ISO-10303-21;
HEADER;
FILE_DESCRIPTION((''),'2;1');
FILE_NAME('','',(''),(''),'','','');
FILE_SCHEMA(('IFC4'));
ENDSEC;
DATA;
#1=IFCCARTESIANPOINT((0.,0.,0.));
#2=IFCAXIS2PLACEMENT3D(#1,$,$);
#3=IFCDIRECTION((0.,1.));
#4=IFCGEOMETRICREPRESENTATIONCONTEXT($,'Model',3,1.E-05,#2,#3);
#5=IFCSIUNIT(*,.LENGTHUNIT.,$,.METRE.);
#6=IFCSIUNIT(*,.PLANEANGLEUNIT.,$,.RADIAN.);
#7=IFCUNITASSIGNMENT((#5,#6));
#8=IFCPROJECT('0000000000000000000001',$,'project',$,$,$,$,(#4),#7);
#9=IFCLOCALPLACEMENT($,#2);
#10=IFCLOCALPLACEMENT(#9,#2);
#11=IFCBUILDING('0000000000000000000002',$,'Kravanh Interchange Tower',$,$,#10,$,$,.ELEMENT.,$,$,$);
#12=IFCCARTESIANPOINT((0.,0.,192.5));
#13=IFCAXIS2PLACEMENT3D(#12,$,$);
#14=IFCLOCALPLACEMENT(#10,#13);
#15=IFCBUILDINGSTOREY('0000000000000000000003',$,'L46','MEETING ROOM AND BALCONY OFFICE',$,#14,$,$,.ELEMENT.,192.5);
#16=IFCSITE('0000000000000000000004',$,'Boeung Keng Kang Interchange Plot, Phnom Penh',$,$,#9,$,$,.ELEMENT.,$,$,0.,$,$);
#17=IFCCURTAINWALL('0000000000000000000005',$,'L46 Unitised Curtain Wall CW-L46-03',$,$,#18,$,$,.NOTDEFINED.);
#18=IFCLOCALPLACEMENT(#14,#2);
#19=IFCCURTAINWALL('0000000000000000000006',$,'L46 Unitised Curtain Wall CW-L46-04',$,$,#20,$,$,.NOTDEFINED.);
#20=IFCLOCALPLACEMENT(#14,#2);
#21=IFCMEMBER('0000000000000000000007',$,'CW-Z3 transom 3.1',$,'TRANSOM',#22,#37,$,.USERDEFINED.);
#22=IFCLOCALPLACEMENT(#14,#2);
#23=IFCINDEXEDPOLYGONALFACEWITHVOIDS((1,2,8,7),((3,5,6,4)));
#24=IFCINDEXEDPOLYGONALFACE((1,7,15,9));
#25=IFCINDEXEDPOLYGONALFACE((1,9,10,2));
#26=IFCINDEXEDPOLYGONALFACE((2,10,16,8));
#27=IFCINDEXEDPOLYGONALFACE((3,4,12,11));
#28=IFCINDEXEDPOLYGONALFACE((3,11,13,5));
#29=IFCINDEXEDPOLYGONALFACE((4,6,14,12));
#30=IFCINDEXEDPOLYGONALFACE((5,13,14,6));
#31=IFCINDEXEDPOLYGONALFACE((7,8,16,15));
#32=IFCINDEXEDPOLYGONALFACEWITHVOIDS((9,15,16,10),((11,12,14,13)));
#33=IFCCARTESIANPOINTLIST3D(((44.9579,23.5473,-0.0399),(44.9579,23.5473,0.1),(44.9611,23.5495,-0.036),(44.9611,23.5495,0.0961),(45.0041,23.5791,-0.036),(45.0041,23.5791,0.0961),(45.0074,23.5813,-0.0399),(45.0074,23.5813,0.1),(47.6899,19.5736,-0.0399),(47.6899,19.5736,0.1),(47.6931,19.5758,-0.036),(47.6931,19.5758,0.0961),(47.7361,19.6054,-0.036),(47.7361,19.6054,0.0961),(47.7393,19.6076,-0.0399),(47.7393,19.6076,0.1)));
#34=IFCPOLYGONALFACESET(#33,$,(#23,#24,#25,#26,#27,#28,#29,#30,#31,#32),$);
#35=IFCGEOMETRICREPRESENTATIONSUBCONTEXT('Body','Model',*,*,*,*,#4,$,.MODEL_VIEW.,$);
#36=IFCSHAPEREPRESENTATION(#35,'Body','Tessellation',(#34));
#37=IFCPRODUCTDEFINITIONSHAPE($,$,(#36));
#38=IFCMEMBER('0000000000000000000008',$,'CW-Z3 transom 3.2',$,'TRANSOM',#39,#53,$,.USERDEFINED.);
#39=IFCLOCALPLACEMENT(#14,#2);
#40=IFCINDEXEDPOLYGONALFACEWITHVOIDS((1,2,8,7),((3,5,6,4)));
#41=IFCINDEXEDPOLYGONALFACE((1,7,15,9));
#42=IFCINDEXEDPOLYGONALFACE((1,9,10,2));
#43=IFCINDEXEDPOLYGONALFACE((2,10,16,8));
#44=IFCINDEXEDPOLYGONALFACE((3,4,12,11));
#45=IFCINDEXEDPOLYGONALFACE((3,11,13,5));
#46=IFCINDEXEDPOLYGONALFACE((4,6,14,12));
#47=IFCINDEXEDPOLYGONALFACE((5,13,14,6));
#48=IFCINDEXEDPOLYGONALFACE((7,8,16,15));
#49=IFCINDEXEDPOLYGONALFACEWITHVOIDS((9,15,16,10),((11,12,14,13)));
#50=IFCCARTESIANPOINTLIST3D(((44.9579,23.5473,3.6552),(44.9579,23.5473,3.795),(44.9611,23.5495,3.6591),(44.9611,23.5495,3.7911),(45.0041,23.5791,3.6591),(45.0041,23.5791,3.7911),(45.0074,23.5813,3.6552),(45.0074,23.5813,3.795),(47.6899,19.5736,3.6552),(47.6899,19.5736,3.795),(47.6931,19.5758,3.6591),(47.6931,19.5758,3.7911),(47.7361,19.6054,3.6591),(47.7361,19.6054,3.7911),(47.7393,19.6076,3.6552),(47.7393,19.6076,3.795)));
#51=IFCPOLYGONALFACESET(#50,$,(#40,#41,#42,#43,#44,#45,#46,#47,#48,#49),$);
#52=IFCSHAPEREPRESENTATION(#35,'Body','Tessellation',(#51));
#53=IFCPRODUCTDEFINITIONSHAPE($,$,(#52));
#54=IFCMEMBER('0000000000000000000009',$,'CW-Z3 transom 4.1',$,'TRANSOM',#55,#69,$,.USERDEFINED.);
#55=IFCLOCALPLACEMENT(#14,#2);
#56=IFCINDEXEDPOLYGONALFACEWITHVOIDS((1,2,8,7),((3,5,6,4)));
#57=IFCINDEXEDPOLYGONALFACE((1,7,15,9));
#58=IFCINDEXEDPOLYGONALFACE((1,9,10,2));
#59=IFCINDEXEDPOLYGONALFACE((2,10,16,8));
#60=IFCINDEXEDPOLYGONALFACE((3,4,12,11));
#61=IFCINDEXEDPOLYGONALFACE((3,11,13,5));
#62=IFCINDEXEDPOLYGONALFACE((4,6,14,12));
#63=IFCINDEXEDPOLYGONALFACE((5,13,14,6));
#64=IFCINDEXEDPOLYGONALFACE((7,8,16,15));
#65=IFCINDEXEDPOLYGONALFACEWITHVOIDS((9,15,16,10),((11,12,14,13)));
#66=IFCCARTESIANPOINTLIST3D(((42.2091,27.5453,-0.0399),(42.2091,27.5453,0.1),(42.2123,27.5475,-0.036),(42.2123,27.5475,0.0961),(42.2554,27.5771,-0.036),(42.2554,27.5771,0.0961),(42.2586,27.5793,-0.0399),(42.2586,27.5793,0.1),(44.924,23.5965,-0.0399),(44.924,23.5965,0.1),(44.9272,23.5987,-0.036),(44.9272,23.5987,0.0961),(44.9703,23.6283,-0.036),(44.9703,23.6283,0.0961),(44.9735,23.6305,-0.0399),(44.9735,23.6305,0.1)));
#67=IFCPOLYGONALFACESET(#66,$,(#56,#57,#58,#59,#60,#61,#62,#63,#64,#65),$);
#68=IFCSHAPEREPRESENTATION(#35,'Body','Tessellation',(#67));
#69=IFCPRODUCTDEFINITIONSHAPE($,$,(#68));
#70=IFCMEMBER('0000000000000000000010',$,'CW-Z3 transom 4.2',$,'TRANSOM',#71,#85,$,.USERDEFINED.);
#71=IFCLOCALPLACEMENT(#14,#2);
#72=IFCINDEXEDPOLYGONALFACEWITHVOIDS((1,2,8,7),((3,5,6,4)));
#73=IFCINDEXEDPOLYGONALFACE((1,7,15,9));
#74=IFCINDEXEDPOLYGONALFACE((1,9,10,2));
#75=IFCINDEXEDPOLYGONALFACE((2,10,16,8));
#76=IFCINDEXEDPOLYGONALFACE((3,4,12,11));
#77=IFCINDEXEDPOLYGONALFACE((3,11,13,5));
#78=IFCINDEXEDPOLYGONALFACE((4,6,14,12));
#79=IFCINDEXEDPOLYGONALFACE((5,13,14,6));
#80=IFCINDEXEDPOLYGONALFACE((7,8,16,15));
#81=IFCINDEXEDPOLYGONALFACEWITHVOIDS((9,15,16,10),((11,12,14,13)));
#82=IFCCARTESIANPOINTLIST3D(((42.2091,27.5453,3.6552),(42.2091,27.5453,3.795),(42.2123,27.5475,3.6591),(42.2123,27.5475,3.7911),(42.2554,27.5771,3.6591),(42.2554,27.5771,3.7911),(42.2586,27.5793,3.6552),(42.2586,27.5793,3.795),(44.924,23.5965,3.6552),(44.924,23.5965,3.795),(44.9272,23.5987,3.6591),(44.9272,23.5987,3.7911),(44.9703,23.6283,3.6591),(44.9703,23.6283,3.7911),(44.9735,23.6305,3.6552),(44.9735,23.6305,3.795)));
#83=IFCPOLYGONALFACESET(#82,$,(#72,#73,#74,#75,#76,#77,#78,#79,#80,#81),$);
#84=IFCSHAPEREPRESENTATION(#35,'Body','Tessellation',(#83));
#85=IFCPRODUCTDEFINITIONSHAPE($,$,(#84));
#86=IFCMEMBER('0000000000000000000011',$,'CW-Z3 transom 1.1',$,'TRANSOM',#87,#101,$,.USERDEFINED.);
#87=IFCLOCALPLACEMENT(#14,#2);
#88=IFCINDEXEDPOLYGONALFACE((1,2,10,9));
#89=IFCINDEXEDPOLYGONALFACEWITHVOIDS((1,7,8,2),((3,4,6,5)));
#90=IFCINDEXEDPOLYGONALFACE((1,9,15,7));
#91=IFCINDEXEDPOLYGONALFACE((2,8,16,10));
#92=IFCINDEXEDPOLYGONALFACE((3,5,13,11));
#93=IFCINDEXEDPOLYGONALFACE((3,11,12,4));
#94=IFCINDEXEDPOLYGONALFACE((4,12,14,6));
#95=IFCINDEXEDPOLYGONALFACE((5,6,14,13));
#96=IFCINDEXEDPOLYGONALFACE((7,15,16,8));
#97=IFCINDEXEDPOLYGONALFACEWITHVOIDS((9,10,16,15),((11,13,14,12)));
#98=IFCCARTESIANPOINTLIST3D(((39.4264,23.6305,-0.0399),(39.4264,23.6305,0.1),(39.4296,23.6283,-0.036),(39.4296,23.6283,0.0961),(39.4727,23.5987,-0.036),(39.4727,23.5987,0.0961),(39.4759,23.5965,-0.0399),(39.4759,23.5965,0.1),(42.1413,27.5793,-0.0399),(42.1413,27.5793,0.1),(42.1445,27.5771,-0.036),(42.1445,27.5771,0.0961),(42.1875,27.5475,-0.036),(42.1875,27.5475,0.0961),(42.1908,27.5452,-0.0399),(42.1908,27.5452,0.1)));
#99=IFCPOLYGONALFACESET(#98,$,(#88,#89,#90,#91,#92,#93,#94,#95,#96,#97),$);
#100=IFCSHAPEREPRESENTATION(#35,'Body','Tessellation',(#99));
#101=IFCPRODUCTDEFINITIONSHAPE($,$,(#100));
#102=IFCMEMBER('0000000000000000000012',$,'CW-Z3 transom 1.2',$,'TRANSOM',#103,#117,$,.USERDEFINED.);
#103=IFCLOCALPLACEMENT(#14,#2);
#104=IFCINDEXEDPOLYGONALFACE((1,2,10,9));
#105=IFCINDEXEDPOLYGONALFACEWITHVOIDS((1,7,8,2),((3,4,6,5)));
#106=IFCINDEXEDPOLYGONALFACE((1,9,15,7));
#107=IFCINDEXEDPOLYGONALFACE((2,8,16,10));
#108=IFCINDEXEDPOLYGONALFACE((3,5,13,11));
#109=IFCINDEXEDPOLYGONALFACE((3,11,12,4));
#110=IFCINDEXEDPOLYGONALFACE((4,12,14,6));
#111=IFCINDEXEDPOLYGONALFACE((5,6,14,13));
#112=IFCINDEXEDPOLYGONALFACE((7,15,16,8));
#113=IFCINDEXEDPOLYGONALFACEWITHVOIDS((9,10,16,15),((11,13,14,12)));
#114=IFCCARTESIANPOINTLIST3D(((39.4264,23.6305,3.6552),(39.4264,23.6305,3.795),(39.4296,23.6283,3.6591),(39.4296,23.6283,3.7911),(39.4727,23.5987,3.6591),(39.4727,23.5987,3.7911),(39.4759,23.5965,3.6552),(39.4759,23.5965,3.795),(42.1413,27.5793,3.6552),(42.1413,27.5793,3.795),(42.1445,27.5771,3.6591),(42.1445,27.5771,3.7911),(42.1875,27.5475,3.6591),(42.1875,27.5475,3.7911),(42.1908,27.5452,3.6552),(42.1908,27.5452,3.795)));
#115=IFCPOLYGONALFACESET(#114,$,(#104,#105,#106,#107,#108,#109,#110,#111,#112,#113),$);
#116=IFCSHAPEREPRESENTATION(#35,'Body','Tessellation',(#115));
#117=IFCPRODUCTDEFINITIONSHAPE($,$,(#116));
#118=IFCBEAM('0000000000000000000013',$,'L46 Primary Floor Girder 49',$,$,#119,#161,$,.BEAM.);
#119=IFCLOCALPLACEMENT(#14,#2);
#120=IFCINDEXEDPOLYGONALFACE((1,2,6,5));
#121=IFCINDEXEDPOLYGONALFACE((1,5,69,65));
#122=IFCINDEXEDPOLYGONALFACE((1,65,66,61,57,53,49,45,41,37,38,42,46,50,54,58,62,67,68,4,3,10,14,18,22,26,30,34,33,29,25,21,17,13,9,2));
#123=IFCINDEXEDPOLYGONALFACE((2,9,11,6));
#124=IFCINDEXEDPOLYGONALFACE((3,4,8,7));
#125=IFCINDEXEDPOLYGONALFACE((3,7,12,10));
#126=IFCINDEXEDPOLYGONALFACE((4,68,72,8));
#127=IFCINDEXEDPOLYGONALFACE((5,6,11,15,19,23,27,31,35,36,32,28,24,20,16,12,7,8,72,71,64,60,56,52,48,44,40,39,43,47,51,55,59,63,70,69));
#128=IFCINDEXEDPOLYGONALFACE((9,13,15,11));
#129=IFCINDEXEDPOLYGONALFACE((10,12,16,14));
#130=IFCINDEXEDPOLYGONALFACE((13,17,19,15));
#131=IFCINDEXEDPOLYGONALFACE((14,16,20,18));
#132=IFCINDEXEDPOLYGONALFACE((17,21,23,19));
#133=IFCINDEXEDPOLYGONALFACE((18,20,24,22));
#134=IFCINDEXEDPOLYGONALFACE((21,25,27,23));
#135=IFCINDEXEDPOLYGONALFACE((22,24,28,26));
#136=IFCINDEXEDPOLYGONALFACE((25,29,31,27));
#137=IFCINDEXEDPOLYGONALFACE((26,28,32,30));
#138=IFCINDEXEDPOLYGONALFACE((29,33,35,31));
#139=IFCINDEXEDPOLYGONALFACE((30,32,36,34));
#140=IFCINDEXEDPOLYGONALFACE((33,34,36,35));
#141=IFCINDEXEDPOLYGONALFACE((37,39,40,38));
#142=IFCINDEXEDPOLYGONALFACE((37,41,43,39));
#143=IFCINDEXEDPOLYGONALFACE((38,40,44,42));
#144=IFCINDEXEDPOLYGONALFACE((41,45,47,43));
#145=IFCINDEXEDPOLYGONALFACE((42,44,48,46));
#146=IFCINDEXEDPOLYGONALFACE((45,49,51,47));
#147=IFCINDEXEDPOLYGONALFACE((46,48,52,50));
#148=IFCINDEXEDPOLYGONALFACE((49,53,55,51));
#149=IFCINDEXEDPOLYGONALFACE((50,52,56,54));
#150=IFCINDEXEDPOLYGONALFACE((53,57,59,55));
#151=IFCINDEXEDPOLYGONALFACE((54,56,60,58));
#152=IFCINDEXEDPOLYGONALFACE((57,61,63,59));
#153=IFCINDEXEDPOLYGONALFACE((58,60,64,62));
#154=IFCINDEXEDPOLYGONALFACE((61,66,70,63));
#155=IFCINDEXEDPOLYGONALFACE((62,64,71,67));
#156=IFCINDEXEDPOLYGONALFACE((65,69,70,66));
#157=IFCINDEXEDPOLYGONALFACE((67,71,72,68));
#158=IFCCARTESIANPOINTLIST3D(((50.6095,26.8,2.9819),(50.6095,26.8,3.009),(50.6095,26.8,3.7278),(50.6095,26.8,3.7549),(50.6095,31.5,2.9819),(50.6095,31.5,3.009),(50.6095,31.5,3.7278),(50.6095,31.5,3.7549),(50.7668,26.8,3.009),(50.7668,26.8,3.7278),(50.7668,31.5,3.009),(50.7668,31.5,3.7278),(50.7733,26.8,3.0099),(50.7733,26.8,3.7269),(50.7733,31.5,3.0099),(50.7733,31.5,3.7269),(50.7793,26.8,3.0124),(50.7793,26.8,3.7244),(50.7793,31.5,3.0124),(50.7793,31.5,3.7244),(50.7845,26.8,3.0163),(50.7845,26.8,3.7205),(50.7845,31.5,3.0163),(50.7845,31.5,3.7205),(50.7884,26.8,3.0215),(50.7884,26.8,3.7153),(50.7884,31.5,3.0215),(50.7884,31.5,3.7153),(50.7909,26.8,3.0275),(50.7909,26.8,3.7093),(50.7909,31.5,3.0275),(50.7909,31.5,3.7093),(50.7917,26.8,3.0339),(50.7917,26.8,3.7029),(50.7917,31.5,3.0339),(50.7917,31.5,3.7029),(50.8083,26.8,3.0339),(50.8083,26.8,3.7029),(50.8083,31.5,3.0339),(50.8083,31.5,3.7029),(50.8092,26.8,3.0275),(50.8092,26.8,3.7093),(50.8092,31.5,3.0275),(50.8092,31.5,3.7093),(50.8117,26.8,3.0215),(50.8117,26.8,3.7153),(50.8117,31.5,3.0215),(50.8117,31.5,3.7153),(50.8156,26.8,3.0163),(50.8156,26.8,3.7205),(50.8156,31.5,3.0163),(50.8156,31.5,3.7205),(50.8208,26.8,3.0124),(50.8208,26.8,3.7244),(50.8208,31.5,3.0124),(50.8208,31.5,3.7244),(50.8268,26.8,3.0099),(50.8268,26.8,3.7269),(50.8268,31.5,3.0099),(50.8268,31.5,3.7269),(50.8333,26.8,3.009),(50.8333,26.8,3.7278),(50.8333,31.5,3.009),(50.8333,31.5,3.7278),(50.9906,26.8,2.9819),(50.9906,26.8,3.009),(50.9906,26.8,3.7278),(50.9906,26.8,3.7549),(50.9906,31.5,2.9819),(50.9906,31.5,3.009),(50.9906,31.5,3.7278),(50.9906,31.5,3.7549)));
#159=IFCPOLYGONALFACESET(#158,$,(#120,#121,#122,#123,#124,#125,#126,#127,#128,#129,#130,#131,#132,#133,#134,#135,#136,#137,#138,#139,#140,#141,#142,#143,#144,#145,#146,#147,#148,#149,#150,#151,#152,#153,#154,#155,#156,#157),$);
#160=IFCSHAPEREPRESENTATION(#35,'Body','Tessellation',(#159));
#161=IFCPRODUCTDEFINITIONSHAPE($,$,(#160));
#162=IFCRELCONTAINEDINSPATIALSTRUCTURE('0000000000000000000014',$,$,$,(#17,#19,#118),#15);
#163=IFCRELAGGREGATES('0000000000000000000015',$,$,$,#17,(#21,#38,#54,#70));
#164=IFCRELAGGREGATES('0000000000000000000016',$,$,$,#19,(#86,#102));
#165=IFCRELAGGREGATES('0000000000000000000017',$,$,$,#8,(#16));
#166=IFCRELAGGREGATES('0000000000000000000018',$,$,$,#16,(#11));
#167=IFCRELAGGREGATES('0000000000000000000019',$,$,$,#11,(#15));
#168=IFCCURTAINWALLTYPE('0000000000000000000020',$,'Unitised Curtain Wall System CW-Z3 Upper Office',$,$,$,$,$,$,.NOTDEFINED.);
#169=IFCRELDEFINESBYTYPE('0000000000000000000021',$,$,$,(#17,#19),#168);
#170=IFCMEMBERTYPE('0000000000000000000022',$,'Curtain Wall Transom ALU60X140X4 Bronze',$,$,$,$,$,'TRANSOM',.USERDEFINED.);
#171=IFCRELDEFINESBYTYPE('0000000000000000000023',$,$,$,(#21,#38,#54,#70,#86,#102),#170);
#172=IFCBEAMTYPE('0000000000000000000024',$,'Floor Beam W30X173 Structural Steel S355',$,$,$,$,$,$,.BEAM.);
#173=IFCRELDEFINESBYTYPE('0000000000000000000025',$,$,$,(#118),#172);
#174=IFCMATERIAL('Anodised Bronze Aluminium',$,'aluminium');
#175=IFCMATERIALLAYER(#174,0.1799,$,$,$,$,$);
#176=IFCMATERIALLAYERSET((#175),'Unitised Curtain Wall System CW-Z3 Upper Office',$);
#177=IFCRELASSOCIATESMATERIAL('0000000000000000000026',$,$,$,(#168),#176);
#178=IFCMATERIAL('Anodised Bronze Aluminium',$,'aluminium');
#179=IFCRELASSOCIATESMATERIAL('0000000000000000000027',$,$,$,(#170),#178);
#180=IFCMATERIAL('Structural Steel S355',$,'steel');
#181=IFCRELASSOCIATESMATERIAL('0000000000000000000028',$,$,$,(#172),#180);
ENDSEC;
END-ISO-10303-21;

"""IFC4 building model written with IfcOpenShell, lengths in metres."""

from ifc_helpers import new_model, si_unit, direction, frame, origin, origin_2d, place, context, subcontext, project, spatial, hollow_rectangle, i_section, extrude, material, layer, layer_set, material_profile, profile_set, type_object, element, aggregate, save


model = new_model("IFC4")

# Units and contexts
model_context = context("Model", 3, precision=1e-05, world=origin(), true_north=direction((0.0, 1.0)))
body_context = subcontext(model_context, "Body", "Model", "MODEL_VIEW")
ifc_project = project(units=[si_unit("LENGTHUNIT", "METRE"), si_unit("PLANEANGLEUNIT", "RADIAN")], contexts=[model_context])

# Site, building, storey
site_placement = place(None, origin())
site = spatial("IfcSite", under=ifc_project, at=site_placement, Name="Boeung Keng Kang Interchange Plot, Phnom Penh", CompositionType="ELEMENT", RefElevation=0.0)
building_placement = place(site_placement, origin())
building = spatial("IfcBuilding", under=site, at=building_placement, Name="Kravanh Interchange Tower", CompositionType="ELEMENT")
storey_placement = place(building_placement, frame((0.0, 0.0, 192.5)))
storey = spatial("IfcBuildingStorey", under=building, at=storey_placement, Name="L46", Description="MEETING ROOM AND BALCONY OFFICE", CompositionType="ELEMENT", Elevation=192.5)

# Shared definitions
ifc_material_1 = material(Name="Anodised Bronze Aluminium", Category="aluminium")
ifc_layer_1 = layer(ifc_material_1, 0.1799)
ifc_layer_set_1 = layer_set([ifc_layer_1], Name="Unitised Curtain Wall System CW-Z3 Upper Office")
curtain_wall_type = type_object("IfcCurtainWallType", Name="Unitised Curtain Wall System CW-Z3 Upper Office", PredefinedType="NOTDEFINED", material=ifc_layer_set_1)

# Curtain walls
curtain_wall_1_placement = place(storey_placement, origin())
curtain_wall_1 = element("IfcCurtainWall", 1, at=curtain_wall_1_placement, inside=storey, type_object=curtain_wall_type, Name="L46 Unitised Curtain Wall CW-L46-03", PredefinedType="NOTDEFINED")
curtain_wall_2_placement = place(storey_placement, origin())
curtain_wall_2 = element("IfcCurtainWall", 2, at=curtain_wall_2_placement, inside=storey, type_object=curtain_wall_type, Name="L46 Unitised Curtain Wall CW-L46-04", PredefinedType="NOTDEFINED")

# Members
ifc_material_2 = material(Name="Anodised Bronze Aluminium", Category="aluminium")
ifc_material_profile_1 = material_profile(ifc_material_2, hollow_rectangle(XDim=0.0601, YDim=0.1399, WallThickness=0.0039, at=origin_2d()), Name="ALU60X140X4")
ifc_profile_set_1 = profile_set([ifc_material_profile_1], Name="Anodised Bronze Aluminium")
member_type_1 = type_object("IfcMemberType", Name="Curtain Wall Transom ALU60X140X4 Bronze", ElementType="TRANSOM", PredefinedType="USERDEFINED", material=ifc_profile_set_1)
member_1_placement = place(storey_placement, frame((47.7146, 19.5906, 0.03), z_axis=(-0.566537, 0.824036, 0.0), x_axis=(-0.824036, -0.566537, 0.0)))
member_1 = element("IfcMember", 3, at=member_1_placement, type_object=member_type_1, Name="CW-Z3 transom 3.1", ObjectType="TRANSOM", PredefinedType="USERDEFINED", context=body_context, shape_type="SweptSolid", body=[
    extrude(hollow_rectangle(XDim=0.0601, YDim=0.1399, WallThickness=0.0039, at=origin_2d()), origin(), (0.0, 0.0, 1.0), 4.8223),
])
member_2_placement = place(storey_placement, frame((47.7146, 19.5906, 3.7251), z_axis=(-0.566537, 0.824036, 0.0), x_axis=(-0.824036, -0.566537, 0.0)))
member_2 = element("IfcMember", 4, at=member_2_placement, type_object=member_type_1, Name="CW-Z3 transom 3.2", ObjectType="TRANSOM", PredefinedType="USERDEFINED", context=body_context, shape_type="SweptSolid", body=[
    extrude(hollow_rectangle(XDim=0.0601, YDim=0.1399, WallThickness=0.0039, at=origin_2d()), origin(), (0.0, 0.0, 1.0), 4.8223),
])
member_3_placement = place(storey_placement, frame((44.9487, 23.6135, 0.03), z_axis=(-0.566542, 0.824033, 0.0), x_axis=(-0.824033, -0.566542, 0.0)))
member_3 = element("IfcMember", 5, at=member_3_placement, type_object=member_type_1, Name="CW-Z3 transom 4.1", ObjectType="TRANSOM", PredefinedType="USERDEFINED", context=body_context, shape_type="SweptSolid", body=[
    extrude(hollow_rectangle(XDim=0.0601, YDim=0.1399, WallThickness=0.0039, at=origin_2d()), origin(), (0.0, 0.0, 1.0), 4.792),
])
member_4_placement = place(storey_placement, frame((44.9487, 23.6135, 3.7251), z_axis=(-0.566542, 0.824033, 0.0), x_axis=(-0.824033, -0.566542, 0.0)))
member_4 = element("IfcMember", 6, at=member_4_placement, type_object=member_type_1, Name="CW-Z3 transom 4.2", ObjectType="TRANSOM", PredefinedType="USERDEFINED", context=body_context, shape_type="SweptSolid", body=[
    extrude(hollow_rectangle(XDim=0.0601, YDim=0.1399, WallThickness=0.0039, at=origin_2d()), origin(), (0.0, 0.0, 1.0), 4.792),
])
member_5_placement = place(storey_placement, frame((42.166, 27.5623, 0.03), z_axis=(-0.566542, -0.824033, 0.0), x_axis=(0.824033, -0.566542, 0.0)))
member_5 = element("IfcMember", 7, at=member_5_placement, type_object=member_type_1, Name="CW-Z3 transom 1.1", ObjectType="TRANSOM", PredefinedType="USERDEFINED", context=body_context, shape_type="SweptSolid", body=[
    extrude(hollow_rectangle(XDim=0.0601, YDim=0.1399, WallThickness=0.0039, at=origin_2d()), origin(), (0.0, 0.0, 1.0), 4.792),
])
member_6_placement = place(storey_placement, frame((42.166, 27.5623, 3.7251), z_axis=(-0.566542, -0.824033, 0.0), x_axis=(0.824033, -0.566542, 0.0)))
member_6 = element("IfcMember", 8, at=member_6_placement, type_object=member_type_1, Name="CW-Z3 transom 1.2", ObjectType="TRANSOM", PredefinedType="USERDEFINED", context=body_context, shape_type="SweptSolid", body=[
    extrude(hollow_rectangle(XDim=0.0601, YDim=0.1399, WallThickness=0.0039, at=origin_2d()), origin(), (0.0, 0.0, 1.0), 4.792),
])

# Beam
ifc_material_3 = material(Name="Structural Steel S355", Category="steel")
ifc_material_profile_2 = material_profile(ifc_material_3, i_section(OverallWidth=0.3811, OverallDepth=0.7729, WebThickness=0.0166, FlangeThickness=0.0271, FilletRadius=0.0249, at=origin_2d()), Name="W30X173")
ifc_profile_set_2 = profile_set([ifc_material_profile_2], Name="Structural Steel S355")
beam_type_1 = type_object("IfcBeamType", Name="Floor Beam W30X173 Structural Steel S355", PredefinedType="BEAM", material=ifc_profile_set_2)
beam_1_placement = place(storey_placement, frame((50.8, 26.8, 3.3684), z_axis=(0.0, 1.0, 0.0), x_axis=(-1.0, 0.0, 0.0)))
element("IfcBeam", 9, at=beam_1_placement, inside=storey, type_object=beam_type_1, Name="L46 Primary Floor Girder 49", PredefinedType="BEAM", context=body_context, shape_type="SweptSolid", body=[
    extrude(i_section(OverallWidth=0.3811, OverallDepth=0.7729, WebThickness=0.0166, FlangeThickness=0.0271, FilletRadius=0.0249, at=origin_2d()), origin(), (0.0, 0.0, 1.0), 4.7),
])

aggregate(curtain_wall_1, [member_1, member_2, member_3, member_4])
aggregate(curtain_wall_2, [member_5, member_6])

save(model, "model.ifc")
